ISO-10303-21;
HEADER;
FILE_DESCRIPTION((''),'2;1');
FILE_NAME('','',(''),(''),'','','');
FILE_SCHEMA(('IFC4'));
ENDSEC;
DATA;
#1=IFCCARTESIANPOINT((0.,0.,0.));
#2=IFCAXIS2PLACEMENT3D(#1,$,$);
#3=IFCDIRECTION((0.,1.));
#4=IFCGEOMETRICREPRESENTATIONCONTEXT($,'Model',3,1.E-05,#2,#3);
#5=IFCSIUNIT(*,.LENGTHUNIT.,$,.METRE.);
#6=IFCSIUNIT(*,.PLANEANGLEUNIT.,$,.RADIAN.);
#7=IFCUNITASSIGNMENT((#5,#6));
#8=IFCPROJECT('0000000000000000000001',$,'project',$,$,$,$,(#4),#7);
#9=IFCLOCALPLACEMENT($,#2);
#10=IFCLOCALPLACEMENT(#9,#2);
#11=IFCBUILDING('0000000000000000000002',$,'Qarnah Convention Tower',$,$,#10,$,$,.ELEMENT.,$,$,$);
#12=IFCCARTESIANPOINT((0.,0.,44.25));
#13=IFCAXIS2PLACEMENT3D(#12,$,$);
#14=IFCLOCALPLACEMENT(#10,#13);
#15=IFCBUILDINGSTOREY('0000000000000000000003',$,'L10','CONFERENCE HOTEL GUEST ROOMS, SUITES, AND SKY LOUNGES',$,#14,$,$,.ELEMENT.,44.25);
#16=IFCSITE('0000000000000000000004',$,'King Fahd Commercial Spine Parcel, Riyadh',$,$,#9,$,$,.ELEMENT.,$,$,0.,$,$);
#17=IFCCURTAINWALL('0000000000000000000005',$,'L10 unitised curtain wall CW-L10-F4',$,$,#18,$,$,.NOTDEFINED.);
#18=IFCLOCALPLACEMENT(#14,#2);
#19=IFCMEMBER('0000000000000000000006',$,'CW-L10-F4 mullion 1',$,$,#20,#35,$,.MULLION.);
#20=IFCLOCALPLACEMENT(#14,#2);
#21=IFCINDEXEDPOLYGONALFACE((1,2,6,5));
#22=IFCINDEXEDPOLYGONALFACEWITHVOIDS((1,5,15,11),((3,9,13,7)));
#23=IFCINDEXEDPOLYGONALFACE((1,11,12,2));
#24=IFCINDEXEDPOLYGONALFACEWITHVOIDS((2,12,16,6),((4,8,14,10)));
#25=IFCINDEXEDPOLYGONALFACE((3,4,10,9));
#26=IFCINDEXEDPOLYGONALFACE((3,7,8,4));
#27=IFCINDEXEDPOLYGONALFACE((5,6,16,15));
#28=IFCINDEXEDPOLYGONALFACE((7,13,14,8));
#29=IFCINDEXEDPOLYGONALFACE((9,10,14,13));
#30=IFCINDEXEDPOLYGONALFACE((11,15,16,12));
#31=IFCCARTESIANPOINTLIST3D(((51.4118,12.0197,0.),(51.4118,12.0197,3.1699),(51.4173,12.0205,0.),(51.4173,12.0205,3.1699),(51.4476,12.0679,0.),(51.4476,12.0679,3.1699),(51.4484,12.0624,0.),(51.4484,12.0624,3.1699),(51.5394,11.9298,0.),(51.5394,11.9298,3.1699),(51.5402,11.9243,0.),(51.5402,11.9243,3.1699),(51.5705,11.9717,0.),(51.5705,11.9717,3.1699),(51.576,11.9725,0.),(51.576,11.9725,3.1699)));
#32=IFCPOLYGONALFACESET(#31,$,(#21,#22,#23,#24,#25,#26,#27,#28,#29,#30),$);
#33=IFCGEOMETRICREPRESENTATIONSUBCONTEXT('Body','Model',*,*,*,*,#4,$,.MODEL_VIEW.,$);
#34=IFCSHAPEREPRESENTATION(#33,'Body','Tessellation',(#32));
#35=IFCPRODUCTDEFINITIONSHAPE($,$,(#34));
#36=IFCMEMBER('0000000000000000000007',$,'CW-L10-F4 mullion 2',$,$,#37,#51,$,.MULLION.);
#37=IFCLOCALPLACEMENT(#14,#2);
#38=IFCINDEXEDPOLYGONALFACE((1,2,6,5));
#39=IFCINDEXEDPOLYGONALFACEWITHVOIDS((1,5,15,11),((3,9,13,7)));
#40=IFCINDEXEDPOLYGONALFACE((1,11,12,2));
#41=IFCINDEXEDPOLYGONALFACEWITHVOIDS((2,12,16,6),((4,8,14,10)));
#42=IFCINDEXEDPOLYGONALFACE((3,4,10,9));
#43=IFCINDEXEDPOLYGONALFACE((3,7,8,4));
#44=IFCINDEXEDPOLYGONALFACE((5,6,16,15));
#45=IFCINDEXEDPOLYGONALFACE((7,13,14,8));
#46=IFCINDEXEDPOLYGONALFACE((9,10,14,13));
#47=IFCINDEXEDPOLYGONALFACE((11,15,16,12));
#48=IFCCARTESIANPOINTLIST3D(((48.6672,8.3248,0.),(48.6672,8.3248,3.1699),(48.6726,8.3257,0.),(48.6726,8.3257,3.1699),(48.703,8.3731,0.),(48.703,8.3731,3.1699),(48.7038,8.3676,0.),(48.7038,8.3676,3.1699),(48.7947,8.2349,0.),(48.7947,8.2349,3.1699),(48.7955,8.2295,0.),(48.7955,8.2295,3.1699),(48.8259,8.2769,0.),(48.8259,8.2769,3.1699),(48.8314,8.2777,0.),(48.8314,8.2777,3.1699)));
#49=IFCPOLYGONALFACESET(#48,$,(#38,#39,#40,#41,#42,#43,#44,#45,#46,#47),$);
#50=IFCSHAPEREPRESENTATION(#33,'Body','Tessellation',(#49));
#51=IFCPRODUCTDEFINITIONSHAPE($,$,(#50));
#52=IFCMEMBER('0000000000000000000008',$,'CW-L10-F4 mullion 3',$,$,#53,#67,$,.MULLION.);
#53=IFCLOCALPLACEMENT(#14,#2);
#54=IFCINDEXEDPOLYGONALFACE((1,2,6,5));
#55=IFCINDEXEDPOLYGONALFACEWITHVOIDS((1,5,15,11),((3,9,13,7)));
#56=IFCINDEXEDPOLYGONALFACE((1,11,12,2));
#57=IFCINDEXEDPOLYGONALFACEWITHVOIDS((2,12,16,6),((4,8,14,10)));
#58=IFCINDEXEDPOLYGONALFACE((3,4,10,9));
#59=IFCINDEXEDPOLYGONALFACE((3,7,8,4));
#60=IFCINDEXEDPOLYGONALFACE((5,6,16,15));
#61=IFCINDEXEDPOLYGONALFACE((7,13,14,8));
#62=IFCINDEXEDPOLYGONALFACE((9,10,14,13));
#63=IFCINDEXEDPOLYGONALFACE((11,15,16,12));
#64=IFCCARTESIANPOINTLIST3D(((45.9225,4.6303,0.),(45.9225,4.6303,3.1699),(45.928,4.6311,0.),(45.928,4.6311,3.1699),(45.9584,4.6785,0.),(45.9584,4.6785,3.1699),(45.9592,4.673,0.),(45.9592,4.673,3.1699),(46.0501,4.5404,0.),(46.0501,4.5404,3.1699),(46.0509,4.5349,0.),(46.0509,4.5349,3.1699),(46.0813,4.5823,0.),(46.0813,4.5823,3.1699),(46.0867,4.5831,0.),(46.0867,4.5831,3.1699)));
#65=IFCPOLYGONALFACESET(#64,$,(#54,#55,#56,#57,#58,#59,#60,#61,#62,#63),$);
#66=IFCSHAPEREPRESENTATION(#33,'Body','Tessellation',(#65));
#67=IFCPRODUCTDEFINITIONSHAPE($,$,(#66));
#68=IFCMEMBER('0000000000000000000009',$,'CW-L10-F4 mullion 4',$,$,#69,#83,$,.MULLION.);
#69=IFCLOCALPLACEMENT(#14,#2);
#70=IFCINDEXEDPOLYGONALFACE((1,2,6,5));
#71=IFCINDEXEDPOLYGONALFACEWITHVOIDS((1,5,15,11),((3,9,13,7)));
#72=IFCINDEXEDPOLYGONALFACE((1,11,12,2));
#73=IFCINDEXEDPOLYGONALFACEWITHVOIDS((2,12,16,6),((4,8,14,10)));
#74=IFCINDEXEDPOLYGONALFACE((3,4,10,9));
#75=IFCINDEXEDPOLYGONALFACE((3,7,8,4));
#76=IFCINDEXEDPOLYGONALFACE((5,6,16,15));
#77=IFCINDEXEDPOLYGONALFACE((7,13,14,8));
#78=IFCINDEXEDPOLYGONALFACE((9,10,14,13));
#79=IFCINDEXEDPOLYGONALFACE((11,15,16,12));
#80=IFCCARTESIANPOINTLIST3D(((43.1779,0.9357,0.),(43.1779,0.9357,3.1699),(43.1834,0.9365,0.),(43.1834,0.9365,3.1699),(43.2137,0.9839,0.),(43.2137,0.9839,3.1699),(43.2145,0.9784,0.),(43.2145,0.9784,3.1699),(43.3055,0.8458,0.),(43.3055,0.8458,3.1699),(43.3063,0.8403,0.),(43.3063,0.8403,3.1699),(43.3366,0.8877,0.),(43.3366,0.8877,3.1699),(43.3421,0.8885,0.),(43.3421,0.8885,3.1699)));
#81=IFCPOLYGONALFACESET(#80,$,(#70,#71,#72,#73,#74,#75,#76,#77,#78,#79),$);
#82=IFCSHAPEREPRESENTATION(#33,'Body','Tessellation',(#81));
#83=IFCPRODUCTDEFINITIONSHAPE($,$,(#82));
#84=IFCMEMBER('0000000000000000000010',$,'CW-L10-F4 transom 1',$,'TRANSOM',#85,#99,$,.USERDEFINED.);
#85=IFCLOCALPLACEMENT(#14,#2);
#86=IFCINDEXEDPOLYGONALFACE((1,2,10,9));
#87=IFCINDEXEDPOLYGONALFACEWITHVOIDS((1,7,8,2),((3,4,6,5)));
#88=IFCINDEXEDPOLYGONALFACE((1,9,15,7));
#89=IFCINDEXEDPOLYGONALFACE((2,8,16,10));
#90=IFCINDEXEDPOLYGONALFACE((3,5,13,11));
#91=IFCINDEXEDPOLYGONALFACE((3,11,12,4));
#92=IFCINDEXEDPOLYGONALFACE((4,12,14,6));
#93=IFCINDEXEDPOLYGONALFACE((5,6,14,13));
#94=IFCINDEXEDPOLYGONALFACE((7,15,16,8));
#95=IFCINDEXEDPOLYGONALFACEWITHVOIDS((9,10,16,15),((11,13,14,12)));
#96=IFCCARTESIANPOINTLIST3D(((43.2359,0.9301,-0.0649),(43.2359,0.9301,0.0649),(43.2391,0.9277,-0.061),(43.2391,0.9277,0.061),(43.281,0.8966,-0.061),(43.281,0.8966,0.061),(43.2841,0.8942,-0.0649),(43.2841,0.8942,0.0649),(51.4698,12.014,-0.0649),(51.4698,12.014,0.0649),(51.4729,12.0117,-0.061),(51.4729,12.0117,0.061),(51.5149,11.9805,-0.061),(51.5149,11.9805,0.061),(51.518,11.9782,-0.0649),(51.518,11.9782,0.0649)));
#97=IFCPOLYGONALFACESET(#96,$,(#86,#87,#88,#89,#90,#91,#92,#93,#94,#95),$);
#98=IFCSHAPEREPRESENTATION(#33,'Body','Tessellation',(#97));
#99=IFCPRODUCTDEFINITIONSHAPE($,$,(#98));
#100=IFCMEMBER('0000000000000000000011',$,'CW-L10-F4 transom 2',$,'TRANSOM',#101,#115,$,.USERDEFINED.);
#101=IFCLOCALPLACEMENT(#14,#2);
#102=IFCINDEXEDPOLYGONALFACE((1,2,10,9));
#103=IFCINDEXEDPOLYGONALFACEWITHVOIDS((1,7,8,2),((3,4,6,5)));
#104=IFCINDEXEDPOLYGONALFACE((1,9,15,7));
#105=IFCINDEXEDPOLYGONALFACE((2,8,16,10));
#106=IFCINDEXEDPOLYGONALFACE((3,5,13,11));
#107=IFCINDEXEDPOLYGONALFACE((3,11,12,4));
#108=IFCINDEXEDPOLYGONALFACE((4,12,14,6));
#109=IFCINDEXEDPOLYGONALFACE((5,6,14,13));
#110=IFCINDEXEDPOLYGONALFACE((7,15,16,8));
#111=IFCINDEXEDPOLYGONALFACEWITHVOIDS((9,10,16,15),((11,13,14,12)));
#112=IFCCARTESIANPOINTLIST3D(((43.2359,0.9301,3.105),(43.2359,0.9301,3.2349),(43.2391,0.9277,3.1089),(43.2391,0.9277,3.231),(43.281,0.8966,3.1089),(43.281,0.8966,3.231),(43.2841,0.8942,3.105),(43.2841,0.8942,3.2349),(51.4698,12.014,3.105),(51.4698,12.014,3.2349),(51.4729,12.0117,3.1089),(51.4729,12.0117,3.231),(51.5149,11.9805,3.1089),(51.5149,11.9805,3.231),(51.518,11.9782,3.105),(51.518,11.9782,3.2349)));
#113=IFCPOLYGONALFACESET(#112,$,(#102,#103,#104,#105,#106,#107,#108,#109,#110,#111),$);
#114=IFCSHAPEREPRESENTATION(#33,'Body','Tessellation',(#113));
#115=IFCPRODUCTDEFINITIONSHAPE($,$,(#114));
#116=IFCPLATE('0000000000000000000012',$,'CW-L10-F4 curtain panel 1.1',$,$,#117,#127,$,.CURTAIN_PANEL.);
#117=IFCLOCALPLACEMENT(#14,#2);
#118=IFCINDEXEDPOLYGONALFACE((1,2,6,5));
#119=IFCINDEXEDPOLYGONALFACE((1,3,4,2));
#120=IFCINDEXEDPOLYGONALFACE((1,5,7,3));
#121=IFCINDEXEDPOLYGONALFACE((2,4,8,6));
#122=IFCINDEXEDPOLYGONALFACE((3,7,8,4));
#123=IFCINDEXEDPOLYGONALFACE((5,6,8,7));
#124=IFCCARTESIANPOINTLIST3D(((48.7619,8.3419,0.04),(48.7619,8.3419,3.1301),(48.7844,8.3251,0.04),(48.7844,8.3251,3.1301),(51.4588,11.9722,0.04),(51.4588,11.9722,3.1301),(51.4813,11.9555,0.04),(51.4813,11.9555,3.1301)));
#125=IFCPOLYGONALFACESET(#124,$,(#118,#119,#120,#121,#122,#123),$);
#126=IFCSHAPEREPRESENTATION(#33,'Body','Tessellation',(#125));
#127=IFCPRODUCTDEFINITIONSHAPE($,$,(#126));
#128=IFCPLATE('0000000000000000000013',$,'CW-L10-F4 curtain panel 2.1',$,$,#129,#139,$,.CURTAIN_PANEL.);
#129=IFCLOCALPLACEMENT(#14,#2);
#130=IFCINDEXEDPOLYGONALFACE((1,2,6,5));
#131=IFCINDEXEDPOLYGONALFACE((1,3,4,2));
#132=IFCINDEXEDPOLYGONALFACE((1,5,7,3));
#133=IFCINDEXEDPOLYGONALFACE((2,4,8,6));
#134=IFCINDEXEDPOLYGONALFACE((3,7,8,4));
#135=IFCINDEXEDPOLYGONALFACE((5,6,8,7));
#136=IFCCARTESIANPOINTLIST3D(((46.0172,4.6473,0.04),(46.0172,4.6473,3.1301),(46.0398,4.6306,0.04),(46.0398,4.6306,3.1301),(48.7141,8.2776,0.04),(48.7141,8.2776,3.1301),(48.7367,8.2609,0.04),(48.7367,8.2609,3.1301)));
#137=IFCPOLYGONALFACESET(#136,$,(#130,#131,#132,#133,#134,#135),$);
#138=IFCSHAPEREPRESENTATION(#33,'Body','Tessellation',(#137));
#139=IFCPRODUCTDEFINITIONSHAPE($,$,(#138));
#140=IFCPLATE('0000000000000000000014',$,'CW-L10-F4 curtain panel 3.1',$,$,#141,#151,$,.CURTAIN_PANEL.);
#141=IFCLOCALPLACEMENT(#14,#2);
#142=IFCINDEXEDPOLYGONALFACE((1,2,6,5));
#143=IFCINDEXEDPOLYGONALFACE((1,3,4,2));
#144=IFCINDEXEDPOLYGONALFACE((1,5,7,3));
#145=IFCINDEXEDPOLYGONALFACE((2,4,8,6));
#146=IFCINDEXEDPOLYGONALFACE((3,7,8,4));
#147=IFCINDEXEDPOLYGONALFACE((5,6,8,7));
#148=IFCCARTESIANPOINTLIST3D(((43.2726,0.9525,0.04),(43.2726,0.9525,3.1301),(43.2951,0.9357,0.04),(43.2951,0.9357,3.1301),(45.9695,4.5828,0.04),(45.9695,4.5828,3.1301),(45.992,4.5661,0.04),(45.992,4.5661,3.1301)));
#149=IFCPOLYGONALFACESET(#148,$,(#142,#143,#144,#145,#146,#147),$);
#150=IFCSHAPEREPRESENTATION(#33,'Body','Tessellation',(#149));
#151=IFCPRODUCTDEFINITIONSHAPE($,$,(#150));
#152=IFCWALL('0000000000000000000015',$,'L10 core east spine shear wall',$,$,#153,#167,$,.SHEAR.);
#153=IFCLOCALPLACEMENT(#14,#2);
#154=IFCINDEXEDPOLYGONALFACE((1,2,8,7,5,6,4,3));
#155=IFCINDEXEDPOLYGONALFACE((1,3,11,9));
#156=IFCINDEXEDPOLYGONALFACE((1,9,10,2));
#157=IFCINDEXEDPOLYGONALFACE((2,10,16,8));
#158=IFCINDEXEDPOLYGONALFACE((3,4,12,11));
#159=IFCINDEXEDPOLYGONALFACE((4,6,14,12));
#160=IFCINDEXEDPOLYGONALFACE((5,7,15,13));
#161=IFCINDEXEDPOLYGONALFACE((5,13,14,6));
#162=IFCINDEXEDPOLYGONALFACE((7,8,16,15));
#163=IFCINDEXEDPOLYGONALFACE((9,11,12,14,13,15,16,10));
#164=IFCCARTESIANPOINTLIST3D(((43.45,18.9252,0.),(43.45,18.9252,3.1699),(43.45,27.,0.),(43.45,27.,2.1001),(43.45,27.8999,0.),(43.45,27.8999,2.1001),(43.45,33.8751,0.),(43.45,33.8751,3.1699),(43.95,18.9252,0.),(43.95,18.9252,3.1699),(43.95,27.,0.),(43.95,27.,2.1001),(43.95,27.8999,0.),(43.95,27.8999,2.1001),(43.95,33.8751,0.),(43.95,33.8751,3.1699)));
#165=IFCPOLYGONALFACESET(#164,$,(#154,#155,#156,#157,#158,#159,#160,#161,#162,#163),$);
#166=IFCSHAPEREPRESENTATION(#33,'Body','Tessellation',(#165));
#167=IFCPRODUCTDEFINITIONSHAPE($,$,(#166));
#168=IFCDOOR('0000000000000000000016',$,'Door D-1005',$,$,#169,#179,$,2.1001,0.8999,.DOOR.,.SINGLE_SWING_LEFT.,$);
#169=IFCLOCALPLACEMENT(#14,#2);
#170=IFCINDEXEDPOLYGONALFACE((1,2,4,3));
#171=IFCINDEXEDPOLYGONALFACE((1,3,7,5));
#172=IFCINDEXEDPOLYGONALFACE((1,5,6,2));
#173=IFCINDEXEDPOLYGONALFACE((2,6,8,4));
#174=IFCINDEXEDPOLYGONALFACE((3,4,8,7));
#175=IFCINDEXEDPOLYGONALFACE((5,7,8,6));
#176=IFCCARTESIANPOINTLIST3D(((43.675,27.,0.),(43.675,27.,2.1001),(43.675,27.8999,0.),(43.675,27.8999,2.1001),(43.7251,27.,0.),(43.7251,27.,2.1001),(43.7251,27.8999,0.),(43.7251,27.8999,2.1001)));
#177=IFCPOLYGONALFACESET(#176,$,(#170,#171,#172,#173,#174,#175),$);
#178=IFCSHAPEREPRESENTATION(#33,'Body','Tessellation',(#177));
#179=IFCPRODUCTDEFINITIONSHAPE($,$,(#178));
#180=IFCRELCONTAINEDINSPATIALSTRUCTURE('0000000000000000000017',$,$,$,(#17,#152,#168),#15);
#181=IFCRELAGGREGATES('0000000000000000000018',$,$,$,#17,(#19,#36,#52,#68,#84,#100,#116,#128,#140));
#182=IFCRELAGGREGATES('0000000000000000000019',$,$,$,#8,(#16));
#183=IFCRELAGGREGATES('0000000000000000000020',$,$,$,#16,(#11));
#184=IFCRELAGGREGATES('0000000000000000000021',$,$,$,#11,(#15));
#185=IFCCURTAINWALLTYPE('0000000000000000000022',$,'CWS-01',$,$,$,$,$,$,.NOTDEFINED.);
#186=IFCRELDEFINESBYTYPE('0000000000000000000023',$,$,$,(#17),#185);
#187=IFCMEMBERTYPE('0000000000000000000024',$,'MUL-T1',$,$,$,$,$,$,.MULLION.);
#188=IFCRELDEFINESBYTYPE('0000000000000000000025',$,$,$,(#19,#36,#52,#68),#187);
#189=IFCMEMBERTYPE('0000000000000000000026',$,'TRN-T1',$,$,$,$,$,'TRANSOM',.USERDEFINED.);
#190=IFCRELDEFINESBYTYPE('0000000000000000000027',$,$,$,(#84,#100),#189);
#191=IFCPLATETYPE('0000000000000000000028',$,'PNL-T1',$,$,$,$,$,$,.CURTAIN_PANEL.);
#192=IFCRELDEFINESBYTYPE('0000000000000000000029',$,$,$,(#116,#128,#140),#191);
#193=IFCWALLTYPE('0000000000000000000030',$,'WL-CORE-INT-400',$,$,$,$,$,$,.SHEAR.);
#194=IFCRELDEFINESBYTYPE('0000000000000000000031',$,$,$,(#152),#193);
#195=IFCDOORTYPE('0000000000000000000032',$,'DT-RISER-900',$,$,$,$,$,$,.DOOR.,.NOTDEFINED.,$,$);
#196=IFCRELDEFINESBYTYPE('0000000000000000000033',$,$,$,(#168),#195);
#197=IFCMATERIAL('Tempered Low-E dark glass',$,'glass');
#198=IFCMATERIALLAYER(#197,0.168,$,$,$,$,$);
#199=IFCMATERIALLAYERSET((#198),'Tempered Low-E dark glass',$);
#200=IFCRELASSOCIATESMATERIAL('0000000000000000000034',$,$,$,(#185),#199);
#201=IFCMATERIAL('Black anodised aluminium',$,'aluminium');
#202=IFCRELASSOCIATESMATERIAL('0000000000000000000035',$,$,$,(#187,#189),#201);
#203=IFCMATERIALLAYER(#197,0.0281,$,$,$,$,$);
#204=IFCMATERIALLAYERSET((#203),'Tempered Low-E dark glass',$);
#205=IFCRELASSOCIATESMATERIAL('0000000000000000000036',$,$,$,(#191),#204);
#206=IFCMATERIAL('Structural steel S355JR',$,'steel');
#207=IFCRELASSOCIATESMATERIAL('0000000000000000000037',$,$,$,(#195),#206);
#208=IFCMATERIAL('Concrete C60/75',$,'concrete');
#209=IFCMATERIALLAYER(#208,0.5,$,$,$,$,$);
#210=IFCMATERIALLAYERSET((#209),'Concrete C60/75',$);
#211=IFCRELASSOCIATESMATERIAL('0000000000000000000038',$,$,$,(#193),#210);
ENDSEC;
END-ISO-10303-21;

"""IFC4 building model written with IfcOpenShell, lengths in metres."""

from ifc_helpers import new_model, si_unit, direction, frame, frame_2d, origin, origin_2d, place, context, subcontext, project, spatial, rectangle, hollow_rectangle, extrude, material, layer, layer_set, material_profile, profile_set, type_object, element, fill, aggregate, save


model = new_model("IFC4")

# Units and contexts
model_context = context("Model", 3, precision=1e-05, world=origin(), true_north=direction((0.0, 1.0)))
body_context = subcontext(model_context, "Body", "Model", "MODEL_VIEW")
ifc_project = project(units=[si_unit("LENGTHUNIT", "METRE"), si_unit("PLANEANGLEUNIT", "RADIAN")], contexts=[model_context])

# Site, building, storey
site_placement = place(None, origin())
site = spatial("IfcSite", under=ifc_project, at=site_placement, Name="King Fahd Commercial Spine Parcel, Riyadh", CompositionType="ELEMENT", RefElevation=0.0)
building_placement = place(site_placement, origin())
building = spatial("IfcBuilding", under=site, at=building_placement, Name="Qarnah Convention Tower", CompositionType="ELEMENT")
storey_placement = place(building_placement, frame((0.0, 0.0, 44.25)))
storey = spatial("IfcBuildingStorey", under=building, at=storey_placement, Name="L10", Description="CONFERENCE HOTEL GUEST ROOMS, SUITES, AND SKY LOUNGES", CompositionType="ELEMENT", Elevation=44.25)

# Shared definitions
ifc_material_1 = material(Name="Concrete C60/75", Category="concrete")
ifc_material_2 = material(Name="Structural steel S355JR", Category="steel")

# Shared definitions
ifc_material_3 = material(Name="Tempered Low-E dark glass", Category="glass")
ifc_layer_1 = layer(ifc_material_3, 0.168)
ifc_layer_set_1 = layer_set([ifc_layer_1], Name="Tempered Low-E dark glass")
curtain_wall_type = type_object("IfcCurtainWallType", Name="CWS-01", PredefinedType="NOTDEFINED", material=ifc_layer_set_1)
ifc_material_4 = material(Name="Black anodised aluminium", Category="aluminium")
ifc_material_profile_1 = material_profile(ifc_material_4, hollow_rectangle(XDim=0.0601, YDim=0.1599, WallThickness=0.0039, at=origin_2d()), Name="MUL-60X160")
ifc_profile_set_1 = profile_set([ifc_material_profile_1], Name="Black anodised aluminium")
member_type_1 = type_object("IfcMemberType", Name="MUL-T1", PredefinedType="MULLION", material=ifc_profile_set_1)

# Curtain wall, members, plates
curtain_wall_1_placement = place(storey_placement, origin())
curtain_wall_1 = element("IfcCurtainWall", 1, at=curtain_wall_1_placement, inside=storey, type_object=curtain_wall_type, Name="L10 unitised curtain wall CW-L10-F4", PredefinedType="NOTDEFINED")
member_1_placement = place(storey_placement, frame((51.4939, 11.9961, 0.0), z_axis=(0.0, 0.0, 1.0), x_axis=(-0.596332, -0.802738, 0.0)))
member_1 = element("IfcMember", 2, at=member_1_placement, type_object=member_type_1, Name="CW-L10-F4 mullion 1", PredefinedType="MULLION", context=body_context, shape_type="SweptSolid", body=[
    extrude(hollow_rectangle(XDim=0.0601, YDim=0.1599, WallThickness=0.0039, at=origin_2d()), origin(), (0.0, 0.0, 1.0), 3.1699),
])
member_2_placement = place(storey_placement, frame((48.7493, 8.3013, 0.0), z_axis=(0.0, 0.0, 1.0), x_axis=(-0.596332, -0.802738, 0.0)))
member_2 = element("IfcMember", 3, at=member_2_placement, type_object=member_type_1, Name="CW-L10-F4 mullion 2", PredefinedType="MULLION", context=body_context, shape_type="SweptSolid", body=[
    extrude(hollow_rectangle(XDim=0.0601, YDim=0.1599, WallThickness=0.0039, at=origin_2d()), origin(), (0.0, 0.0, 1.0), 3.1699),
])
member_3_placement = place(storey_placement, frame((46.0046, 4.6067, 0.0), z_axis=(0.0, 0.0, 1.0), x_axis=(-0.596332, -0.802738, 0.0)))
member_3 = element("IfcMember", 4, at=member_3_placement, type_object=member_type_1, Name="CW-L10-F4 mullion 3", PredefinedType="MULLION", context=body_context, shape_type="SweptSolid", body=[
    extrude(hollow_rectangle(XDim=0.0601, YDim=0.1599, WallThickness=0.0039, at=origin_2d()), origin(), (0.0, 0.0, 1.0), 3.1699),
])
member_4_placement = place(storey_placement, frame((43.26, 0.9121, 0.0), z_axis=(0.0, 0.0, 1.0), x_axis=(-0.596332, -0.802738, 0.0)))
member_4 = element("IfcMember", 5, at=member_4_placement, type_object=member_type_1, Name="CW-L10-F4 mullion 4", PredefinedType="MULLION", context=body_context, shape_type="SweptSolid", body=[
    extrude(hollow_rectangle(XDim=0.0601, YDim=0.1599, WallThickness=0.0039, at=origin_2d()), origin(), (0.0, 0.0, 1.0), 3.1699),
])
ifc_material_profile_2 = material_profile(ifc_material_4, hollow_rectangle(XDim=0.0601, YDim=0.1299, WallThickness=0.0039, at=origin_2d()), Name="TRN-60X130")
ifc_profile_set_2 = profile_set([ifc_material_profile_2], Name="Black anodised aluminium")
member_type_2 = type_object("IfcMemberType", Name="TRN-T1", ElementType="TRANSOM", PredefinedType="USERDEFINED", material=ifc_profile_set_2)
member_5_placement = place(storey_placement, frame((51.4939, 11.9961, 0.0), z_axis=(-0.596327, -0.802741, 0.0), x_axis=(0.802741, -0.596327, 0.0)))
member_5 = element("IfcMember", 6, at=member_5_placement, type_object=member_type_2, Name="CW-L10-F4 transom 1", ObjectType="TRANSOM", PredefinedType="USERDEFINED", context=body_context, shape_type="SweptSolid", body=[
    extrude(hollow_rectangle(XDim=0.0601, YDim=0.1299, WallThickness=0.0039, at=origin_2d()), origin(), (0.0, 0.0, 1.0), 13.8076),
])
member_6_placement = place(storey_placement, frame((51.4939, 11.9961, 3.1699), z_axis=(-0.596327, -0.802741, 0.0), x_axis=(0.802741, -0.596327, 0.0)))
member_6 = element("IfcMember", 7, at=member_6_placement, type_object=member_type_2, Name="CW-L10-F4 transom 2", ObjectType="TRANSOM", PredefinedType="USERDEFINED", context=body_context, shape_type="SweptSolid", body=[
    extrude(hollow_rectangle(XDim=0.0601, YDim=0.1299, WallThickness=0.0039, at=origin_2d()), origin(), (0.0, 0.0, 1.0), 13.8076),
])
ifc_layer_2 = layer(ifc_material_3, 0.0281)
ifc_layer_set_2 = layer_set([ifc_layer_2], Name="Tempered Low-E dark glass")
plate_type = type_object("IfcPlateType", Name="PNL-T1", PredefinedType="CURTAIN_PANEL", material=ifc_layer_set_2)
plate_1_placement = place(storey_placement, frame((50.1216, 10.1487, 0.04), z_axis=(0.0, 0.0, 1.0), x_axis=(-0.596332, -0.802738, 0.0)))
plate_1 = element("IfcPlate", 8, at=plate_1_placement, type_object=plate_type, Name="CW-L10-F4 curtain panel 1.1", PredefinedType="CURTAIN_PANEL", context=body_context, shape_type="SweptSolid", body=[
    extrude(rectangle(XDim=4.5225, YDim=0.0281, at=origin_2d()), origin(), (0.0, 0.0, 1.0), 3.0901),
])
plate_2_placement = place(storey_placement, frame((47.377, 6.4541, 0.04), z_axis=(0.0, 0.0, 1.0), x_axis=(-0.596332, -0.802738, 0.0)))
plate_2 = element("IfcPlate", 9, at=plate_2_placement, type_object=plate_type, Name="CW-L10-F4 curtain panel 2.1", PredefinedType="CURTAIN_PANEL", context=body_context, shape_type="SweptSolid", body=[
    extrude(rectangle(XDim=4.5225, YDim=0.0281, at=origin_2d()), origin(), (0.0, 0.0, 1.0), 3.0901),
])
plate_3_placement = place(storey_placement, frame((44.6323, 2.7593, 0.04), z_axis=(0.0, 0.0, 1.0), x_axis=(-0.596332, -0.802738, 0.0)))
plate_3 = element("IfcPlate", 10, at=plate_3_placement, type_object=plate_type, Name="CW-L10-F4 curtain panel 3.1", PredefinedType="CURTAIN_PANEL", context=body_context, shape_type="SweptSolid", body=[
    extrude(rectangle(XDim=4.5225, YDim=0.0281, at=origin_2d()), origin(), (0.0, 0.0, 1.0), 3.0901),
])
aggregate(curtain_wall_1, [member_1, member_2, member_3, member_4, member_5, member_6, plate_1, plate_2, plate_3])

# Shared definitions
door_type_1 = type_object("IfcDoorType", Name="DT-RISER-900", OperationType="NOTDEFINED", PredefinedType="DOOR", material=ifc_material_2)

# Wall, opening, door
ifc_layer_3 = layer(ifc_material_1, 0.5)
ifc_layer_set_3 = layer_set([ifc_layer_3], Name="Concrete C60/75")
wall_type_1 = type_object("IfcWallType", Name="WL-CORE-INT-400", PredefinedType="SHEAR", material=ifc_layer_set_3)
wall_1_placement = place(storey_placement, frame((43.7, 18.925, 0.0), z_axis=(0.0, 0.0, 1.0), x_axis=(0.0, 1.0, 0.0)))
wall_1 = element("IfcWall", 11, at=wall_1_placement, inside=storey, type_object=wall_type_1, Name="L10 core east spine shear wall", PredefinedType="SHEAR", context=body_context, shape_type="SweptSolid", body=[
    extrude(rectangle(XDim=14.95, YDim=0.5, at=frame_2d((7.4751, 0.0))), origin(), (0.0, 0.0, 1.0), 3.1699),
])
opening_1_placement = place(wall_1_placement, frame((8.075, 0.0, 0.0)))
opening_1 = element("IfcOpeningElement", 12, at=opening_1_placement, cuts=wall_1, PredefinedType="OPENING", context=body_context, shape_type="SweptSolid", body=[
    extrude(rectangle(XDim=0.8999, YDim=2.1001, at=frame_2d((0.45, 1.05))), frame((0.0, 0.26, 0.0), z_axis=(0.0, -1.0, 0.0), x_axis=(1.0, 0.0, 0.0)), (0.0, 0.0, 1.0), 0.52),
])
door_1_placement = place(opening_1_placement, origin())
door_1 = element("IfcDoor", 13, at=door_1_placement, inside=storey, type_object=door_type_1, Name="Door D-1005", OperationType="SINGLE_SWING_LEFT", OverallHeight=2.1001, OverallWidth=0.8999, PredefinedType="DOOR", context=body_context, shape_type="SweptSolid", body=[
    extrude(rectangle(XDim=0.8999, YDim=2.1001, at=frame_2d((0.45, 1.05))), frame((0.0, 0.0249, 0.0), z_axis=(0.0, -1.0, 0.0), x_axis=(1.0, 0.0, 0.0)), (0.0, 0.0, 1.0), 0.05),
])
fill(opening_1, door_1)

save(model, "model.ifc")
